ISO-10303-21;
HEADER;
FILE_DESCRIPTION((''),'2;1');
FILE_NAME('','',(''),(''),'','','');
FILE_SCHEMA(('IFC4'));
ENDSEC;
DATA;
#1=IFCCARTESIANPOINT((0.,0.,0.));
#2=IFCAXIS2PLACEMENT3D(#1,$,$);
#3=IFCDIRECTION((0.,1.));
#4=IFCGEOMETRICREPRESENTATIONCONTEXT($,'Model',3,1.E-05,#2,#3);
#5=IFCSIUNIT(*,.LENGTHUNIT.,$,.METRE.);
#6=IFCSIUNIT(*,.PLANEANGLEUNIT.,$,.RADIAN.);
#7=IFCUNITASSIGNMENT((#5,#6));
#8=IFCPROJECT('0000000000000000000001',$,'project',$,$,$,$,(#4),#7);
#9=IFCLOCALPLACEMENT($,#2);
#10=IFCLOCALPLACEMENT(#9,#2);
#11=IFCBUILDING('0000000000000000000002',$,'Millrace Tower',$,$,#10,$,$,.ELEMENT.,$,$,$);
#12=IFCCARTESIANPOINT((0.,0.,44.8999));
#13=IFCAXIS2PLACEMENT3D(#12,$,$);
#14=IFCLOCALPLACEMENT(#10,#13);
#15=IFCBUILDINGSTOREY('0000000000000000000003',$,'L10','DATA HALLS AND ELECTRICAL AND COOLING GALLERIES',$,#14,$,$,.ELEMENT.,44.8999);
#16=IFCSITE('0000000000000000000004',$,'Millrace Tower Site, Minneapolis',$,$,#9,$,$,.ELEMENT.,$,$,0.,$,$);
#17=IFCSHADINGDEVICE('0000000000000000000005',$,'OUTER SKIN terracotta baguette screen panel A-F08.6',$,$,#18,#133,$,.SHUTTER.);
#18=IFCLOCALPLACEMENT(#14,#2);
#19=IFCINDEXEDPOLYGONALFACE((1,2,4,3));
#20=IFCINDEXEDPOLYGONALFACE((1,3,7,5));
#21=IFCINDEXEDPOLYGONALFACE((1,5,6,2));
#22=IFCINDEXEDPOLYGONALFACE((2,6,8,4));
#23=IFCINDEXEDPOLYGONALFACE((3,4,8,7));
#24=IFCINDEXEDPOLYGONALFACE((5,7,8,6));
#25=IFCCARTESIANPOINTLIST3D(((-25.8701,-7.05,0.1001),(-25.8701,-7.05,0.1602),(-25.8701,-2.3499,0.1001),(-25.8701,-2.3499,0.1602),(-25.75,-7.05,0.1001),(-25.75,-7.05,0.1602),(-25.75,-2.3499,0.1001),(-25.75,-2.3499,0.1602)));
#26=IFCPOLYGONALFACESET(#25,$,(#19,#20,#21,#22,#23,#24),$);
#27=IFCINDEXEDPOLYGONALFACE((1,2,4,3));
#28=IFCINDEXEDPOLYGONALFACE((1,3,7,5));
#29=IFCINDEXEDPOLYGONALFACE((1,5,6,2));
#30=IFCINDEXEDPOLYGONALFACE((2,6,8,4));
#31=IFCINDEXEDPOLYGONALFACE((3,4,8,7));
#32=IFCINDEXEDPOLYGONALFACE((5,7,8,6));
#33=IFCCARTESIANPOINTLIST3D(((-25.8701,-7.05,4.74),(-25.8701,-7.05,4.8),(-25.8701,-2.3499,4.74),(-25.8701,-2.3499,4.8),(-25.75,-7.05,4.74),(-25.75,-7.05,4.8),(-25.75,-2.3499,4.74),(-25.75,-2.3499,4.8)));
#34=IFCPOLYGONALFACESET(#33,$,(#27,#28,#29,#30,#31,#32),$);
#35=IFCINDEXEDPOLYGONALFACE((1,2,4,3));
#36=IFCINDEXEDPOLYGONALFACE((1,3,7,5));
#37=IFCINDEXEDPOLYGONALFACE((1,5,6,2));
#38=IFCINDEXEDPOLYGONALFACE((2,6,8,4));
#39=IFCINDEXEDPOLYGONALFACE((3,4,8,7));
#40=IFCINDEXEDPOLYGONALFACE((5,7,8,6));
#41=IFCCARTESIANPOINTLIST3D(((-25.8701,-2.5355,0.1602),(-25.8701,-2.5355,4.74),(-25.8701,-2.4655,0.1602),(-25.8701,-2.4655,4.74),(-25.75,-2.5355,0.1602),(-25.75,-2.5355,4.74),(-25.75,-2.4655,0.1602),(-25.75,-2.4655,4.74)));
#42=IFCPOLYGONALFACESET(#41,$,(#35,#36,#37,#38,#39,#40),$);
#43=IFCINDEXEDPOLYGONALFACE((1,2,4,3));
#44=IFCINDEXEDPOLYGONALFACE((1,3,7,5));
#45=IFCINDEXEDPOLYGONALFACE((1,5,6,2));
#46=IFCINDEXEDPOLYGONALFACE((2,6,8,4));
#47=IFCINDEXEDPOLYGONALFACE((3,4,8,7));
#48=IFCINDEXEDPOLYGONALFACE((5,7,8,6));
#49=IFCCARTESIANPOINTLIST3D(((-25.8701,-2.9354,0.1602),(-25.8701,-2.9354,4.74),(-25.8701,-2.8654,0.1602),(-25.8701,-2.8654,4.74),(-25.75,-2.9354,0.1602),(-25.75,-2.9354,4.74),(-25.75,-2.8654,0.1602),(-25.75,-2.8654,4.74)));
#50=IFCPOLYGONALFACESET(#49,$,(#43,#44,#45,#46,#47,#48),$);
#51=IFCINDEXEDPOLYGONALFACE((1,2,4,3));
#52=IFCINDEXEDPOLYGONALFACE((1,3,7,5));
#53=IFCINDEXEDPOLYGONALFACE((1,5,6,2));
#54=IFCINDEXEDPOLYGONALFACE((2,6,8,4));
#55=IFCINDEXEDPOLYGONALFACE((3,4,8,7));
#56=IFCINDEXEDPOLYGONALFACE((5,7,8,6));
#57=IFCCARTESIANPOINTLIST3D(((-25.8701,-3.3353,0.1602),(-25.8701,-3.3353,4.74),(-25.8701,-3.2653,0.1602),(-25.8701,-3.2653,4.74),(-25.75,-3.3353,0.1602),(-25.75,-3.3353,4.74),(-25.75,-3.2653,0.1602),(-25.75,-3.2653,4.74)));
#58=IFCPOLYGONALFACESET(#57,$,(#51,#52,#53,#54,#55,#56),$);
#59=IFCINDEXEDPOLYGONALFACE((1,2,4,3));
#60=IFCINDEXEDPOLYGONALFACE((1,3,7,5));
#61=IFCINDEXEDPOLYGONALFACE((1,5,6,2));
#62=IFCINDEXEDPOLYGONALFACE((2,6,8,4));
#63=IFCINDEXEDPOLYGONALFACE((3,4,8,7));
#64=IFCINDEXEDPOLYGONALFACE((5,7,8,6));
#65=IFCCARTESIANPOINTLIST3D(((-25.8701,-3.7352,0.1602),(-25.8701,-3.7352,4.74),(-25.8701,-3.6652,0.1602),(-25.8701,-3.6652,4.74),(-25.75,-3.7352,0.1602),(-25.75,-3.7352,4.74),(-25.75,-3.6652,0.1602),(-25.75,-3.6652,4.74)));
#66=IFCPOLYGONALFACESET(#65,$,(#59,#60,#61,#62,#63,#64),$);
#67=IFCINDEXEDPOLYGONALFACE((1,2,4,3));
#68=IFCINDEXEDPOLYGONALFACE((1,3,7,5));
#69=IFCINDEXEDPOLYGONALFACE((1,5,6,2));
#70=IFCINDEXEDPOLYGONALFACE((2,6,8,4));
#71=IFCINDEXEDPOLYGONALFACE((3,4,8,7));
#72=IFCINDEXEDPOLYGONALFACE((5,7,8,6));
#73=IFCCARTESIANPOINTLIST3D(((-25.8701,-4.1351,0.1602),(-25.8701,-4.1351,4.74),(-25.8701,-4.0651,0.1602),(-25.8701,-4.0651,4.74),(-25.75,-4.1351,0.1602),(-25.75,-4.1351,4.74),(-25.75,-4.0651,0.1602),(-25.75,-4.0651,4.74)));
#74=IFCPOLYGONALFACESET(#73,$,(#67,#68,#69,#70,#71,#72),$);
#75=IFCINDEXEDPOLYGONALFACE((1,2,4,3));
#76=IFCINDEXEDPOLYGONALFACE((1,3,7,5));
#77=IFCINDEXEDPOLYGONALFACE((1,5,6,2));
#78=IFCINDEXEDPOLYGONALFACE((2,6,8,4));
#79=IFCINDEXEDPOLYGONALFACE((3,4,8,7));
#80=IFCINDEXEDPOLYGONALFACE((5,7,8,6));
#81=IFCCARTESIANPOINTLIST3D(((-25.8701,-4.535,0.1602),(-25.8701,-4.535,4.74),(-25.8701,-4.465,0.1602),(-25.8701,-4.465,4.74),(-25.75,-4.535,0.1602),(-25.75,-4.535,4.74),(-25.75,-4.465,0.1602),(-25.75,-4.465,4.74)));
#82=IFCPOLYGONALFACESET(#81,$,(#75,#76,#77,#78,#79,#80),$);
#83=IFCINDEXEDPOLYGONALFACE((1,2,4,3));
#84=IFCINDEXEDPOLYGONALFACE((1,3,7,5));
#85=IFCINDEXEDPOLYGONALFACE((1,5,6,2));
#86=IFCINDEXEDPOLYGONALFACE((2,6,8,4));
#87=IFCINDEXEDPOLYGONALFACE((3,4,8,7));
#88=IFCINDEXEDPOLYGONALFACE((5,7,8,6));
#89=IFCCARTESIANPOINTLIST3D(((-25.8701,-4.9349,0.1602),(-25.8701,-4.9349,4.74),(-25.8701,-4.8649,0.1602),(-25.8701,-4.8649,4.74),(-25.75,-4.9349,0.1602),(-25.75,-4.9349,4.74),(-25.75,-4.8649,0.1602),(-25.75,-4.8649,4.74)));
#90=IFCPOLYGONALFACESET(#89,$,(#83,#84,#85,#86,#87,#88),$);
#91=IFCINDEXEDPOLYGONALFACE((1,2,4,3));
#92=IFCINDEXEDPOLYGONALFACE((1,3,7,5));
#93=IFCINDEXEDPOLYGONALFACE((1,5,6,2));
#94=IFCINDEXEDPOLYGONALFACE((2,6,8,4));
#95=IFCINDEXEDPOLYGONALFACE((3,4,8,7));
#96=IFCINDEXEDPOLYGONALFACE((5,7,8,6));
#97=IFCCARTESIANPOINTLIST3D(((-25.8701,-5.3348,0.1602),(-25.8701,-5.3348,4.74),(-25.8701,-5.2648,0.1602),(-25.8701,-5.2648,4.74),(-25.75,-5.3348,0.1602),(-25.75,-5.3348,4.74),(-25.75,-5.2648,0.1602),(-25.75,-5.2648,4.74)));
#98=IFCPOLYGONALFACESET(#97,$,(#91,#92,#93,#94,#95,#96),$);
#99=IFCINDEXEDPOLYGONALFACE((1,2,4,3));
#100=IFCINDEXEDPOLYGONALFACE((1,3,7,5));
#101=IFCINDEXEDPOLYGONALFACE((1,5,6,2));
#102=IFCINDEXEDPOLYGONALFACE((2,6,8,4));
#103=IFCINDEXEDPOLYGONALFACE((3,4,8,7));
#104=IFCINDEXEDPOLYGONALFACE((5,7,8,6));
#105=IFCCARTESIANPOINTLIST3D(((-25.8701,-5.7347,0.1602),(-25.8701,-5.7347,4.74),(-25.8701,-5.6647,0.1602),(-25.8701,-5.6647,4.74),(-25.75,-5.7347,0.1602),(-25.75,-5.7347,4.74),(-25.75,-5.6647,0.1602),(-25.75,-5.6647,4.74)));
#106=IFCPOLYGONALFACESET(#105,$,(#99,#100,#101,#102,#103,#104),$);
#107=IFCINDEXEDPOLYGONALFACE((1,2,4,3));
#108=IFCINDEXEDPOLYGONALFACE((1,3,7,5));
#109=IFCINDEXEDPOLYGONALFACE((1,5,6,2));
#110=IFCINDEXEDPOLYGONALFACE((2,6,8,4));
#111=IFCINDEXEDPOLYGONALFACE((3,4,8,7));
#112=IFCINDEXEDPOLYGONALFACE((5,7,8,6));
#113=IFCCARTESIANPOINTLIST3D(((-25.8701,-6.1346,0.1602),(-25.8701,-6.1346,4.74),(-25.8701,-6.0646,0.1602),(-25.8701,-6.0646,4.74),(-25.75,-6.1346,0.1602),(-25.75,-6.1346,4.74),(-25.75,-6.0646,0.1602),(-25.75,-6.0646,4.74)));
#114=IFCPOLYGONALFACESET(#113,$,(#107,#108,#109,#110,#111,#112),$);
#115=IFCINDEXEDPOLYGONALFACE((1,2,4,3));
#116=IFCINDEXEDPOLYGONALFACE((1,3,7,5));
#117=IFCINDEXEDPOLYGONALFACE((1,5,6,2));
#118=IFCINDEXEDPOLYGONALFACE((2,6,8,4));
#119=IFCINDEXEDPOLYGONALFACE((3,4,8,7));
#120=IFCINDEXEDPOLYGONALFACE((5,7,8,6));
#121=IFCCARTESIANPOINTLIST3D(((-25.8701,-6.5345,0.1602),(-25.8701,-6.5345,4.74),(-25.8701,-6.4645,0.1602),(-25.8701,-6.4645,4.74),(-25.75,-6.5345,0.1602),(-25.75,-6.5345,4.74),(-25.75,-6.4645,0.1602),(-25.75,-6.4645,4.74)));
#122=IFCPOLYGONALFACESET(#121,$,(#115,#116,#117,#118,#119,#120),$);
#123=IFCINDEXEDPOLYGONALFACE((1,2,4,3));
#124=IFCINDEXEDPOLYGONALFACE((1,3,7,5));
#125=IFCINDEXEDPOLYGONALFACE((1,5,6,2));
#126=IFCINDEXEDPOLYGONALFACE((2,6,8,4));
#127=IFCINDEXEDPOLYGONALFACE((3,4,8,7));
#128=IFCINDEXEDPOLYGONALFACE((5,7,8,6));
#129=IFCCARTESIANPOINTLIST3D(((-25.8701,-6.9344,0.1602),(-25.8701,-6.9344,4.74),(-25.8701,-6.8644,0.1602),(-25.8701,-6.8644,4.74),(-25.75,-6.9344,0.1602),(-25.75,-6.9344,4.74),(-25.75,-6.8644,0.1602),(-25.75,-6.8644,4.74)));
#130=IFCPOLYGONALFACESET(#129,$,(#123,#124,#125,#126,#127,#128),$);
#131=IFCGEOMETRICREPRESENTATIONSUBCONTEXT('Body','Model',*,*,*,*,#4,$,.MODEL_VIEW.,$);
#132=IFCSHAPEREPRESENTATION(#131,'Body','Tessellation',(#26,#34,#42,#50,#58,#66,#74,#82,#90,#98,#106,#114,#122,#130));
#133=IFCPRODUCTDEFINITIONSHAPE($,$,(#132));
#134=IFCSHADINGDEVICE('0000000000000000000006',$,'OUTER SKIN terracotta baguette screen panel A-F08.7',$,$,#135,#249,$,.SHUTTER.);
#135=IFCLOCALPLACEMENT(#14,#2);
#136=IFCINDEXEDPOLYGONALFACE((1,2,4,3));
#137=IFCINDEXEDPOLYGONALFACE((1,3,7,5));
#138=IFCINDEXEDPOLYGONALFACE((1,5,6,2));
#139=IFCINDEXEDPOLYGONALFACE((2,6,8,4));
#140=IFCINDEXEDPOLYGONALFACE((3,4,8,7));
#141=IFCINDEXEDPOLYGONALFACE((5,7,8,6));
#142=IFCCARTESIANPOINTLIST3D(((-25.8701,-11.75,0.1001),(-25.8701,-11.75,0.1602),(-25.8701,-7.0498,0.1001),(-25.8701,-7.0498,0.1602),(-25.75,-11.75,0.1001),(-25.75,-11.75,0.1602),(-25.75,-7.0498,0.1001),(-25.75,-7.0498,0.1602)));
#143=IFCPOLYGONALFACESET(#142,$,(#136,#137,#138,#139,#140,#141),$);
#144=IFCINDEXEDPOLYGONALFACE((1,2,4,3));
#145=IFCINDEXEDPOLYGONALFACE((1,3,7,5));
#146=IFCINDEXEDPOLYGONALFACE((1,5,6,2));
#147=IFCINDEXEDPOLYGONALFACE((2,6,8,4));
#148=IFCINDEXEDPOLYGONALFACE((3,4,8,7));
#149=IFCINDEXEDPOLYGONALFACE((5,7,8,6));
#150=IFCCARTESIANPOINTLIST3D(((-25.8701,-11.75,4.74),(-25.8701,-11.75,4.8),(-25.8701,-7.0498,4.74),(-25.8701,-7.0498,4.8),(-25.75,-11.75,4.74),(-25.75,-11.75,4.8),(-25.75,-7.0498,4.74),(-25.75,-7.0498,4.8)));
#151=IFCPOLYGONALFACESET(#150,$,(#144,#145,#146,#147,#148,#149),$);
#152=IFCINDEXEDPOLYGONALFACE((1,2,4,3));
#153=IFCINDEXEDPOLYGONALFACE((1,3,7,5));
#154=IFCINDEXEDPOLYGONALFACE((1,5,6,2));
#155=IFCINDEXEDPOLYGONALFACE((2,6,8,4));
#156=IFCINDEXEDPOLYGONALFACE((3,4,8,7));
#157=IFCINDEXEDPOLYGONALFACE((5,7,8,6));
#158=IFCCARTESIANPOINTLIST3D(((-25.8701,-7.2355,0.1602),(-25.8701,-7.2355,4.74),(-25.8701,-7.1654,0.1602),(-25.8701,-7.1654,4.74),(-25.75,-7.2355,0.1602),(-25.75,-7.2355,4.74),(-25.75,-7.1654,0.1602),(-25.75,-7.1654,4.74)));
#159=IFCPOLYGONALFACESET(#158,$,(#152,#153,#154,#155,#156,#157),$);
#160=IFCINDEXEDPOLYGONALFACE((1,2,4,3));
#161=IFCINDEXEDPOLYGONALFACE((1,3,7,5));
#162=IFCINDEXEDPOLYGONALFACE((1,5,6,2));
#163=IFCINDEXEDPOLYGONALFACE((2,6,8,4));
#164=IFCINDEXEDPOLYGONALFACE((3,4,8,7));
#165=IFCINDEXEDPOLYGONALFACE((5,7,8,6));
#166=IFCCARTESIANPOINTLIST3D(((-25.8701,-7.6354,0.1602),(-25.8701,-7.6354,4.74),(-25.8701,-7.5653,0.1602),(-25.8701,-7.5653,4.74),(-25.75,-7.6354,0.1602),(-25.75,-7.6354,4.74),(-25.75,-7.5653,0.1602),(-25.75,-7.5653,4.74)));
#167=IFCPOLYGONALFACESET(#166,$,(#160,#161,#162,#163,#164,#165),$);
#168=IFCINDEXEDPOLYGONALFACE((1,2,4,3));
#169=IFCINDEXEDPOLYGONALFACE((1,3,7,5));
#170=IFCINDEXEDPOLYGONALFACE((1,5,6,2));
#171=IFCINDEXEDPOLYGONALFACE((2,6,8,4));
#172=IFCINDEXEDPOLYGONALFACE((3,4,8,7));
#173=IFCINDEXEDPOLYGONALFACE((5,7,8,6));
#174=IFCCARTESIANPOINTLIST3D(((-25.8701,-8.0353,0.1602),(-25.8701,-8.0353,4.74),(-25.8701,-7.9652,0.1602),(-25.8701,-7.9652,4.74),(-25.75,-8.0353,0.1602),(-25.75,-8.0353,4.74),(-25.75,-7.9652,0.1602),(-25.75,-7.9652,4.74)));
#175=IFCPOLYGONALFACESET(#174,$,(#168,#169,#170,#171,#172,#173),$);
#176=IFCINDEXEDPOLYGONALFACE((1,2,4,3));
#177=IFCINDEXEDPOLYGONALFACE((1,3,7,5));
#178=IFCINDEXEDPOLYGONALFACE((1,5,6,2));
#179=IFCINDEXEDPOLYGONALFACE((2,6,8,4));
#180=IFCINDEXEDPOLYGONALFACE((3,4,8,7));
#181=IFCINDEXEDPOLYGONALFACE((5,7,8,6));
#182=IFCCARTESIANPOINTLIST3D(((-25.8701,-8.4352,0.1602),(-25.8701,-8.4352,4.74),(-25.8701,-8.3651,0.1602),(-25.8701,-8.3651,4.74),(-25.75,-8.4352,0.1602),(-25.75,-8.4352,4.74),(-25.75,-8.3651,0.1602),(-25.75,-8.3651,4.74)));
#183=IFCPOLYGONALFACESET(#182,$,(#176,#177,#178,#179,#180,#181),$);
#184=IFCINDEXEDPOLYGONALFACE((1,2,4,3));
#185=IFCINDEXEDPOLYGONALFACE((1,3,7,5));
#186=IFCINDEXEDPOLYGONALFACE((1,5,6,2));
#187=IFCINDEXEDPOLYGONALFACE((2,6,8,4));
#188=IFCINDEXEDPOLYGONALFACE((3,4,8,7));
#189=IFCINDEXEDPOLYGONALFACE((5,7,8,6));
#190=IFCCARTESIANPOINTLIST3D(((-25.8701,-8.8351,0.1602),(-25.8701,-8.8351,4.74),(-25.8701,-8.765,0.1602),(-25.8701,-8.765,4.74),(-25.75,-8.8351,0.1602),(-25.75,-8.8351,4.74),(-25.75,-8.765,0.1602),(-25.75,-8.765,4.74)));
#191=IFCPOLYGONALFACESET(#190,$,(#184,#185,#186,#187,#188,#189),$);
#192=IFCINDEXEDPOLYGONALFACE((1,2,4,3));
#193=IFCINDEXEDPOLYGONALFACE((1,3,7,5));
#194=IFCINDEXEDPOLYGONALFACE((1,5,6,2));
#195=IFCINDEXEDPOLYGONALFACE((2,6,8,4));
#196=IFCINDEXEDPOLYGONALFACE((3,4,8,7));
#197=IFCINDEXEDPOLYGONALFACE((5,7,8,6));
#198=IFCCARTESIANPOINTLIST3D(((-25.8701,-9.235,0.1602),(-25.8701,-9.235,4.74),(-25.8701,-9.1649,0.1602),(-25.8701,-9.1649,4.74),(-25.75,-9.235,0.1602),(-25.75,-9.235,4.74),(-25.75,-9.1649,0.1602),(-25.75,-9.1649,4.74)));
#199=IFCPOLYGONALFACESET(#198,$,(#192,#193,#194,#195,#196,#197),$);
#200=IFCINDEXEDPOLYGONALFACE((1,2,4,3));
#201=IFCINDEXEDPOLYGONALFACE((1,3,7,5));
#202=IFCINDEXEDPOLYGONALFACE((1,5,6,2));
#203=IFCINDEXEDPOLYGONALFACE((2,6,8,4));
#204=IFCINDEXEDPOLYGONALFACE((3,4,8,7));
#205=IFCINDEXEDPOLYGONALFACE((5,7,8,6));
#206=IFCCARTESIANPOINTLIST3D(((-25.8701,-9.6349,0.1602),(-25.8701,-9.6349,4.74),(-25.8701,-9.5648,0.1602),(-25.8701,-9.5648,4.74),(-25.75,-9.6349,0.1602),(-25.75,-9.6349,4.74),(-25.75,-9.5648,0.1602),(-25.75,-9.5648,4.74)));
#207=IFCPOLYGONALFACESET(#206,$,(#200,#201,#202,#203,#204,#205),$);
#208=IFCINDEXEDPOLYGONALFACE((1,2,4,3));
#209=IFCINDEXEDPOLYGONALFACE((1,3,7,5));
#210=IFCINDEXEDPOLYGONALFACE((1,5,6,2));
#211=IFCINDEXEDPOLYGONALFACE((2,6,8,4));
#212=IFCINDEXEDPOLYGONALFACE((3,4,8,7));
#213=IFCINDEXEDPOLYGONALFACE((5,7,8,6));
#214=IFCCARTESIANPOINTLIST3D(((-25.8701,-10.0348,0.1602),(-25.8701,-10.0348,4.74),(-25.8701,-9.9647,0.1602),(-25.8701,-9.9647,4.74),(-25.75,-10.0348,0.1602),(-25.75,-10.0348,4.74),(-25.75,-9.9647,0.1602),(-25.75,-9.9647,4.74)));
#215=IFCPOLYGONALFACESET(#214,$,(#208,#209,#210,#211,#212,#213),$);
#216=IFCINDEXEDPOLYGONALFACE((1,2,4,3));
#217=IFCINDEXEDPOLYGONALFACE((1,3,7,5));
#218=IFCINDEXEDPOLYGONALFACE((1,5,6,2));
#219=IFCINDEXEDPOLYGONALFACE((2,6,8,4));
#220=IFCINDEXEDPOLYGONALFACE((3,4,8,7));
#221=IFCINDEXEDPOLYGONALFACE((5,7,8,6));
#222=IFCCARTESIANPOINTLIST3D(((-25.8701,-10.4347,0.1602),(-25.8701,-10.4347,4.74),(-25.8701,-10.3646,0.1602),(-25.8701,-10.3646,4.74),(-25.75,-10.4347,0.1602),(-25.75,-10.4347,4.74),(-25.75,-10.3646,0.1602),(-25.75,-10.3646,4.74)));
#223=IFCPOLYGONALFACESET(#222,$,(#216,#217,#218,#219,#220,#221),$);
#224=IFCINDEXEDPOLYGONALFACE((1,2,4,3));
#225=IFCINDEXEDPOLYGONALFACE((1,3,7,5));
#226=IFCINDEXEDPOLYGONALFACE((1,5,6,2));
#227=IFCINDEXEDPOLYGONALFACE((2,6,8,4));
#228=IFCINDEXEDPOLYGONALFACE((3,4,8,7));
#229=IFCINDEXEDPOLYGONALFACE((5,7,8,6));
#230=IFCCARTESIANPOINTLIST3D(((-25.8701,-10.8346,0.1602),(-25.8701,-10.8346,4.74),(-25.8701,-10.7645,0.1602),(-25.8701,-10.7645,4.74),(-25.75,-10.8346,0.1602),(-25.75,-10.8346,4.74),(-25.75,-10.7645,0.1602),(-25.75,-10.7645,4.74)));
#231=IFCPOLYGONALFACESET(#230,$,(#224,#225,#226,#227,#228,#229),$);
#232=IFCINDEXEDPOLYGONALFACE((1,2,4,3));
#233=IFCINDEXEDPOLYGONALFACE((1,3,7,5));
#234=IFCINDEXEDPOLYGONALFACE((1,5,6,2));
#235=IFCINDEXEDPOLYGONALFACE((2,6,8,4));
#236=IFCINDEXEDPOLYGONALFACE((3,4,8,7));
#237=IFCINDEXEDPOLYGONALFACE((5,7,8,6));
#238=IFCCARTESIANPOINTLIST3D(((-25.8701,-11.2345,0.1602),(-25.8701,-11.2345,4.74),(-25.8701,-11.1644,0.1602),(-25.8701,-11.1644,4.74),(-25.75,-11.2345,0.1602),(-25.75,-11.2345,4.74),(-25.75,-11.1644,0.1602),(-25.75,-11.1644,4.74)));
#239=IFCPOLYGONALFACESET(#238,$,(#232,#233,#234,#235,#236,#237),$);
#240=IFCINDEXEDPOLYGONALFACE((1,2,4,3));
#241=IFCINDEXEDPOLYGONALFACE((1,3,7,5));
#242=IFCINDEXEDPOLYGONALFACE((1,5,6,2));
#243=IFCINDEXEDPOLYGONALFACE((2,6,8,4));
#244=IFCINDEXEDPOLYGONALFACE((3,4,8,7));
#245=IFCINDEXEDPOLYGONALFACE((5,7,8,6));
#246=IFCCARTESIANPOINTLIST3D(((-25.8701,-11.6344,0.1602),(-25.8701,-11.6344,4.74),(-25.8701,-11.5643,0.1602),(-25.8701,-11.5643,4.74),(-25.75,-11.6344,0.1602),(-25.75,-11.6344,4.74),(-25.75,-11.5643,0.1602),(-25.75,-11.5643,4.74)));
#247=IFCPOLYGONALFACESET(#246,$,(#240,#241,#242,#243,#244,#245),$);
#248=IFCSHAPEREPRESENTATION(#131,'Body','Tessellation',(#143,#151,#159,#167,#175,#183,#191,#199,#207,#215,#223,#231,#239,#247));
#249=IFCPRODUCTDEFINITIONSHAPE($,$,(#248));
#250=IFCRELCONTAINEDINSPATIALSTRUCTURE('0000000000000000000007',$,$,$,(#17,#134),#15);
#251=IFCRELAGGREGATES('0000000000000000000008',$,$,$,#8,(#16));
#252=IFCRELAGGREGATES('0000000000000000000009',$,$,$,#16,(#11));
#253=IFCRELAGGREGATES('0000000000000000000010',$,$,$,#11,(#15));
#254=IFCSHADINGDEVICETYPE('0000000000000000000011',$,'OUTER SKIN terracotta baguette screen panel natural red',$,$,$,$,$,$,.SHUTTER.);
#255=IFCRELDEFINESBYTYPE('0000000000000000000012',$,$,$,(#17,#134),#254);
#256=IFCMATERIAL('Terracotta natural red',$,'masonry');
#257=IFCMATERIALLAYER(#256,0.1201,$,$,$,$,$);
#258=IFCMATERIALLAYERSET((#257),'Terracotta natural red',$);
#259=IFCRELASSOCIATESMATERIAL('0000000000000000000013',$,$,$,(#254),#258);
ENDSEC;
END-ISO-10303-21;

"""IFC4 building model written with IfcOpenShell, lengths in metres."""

from ifc_helpers import new_model, entity, si_unit, direction, frame, frame_2d, origin, place, context, subcontext, project, spatial, rectangle, extrude, source, transform, mapped, material, layer, layer_set, type_object, element, save


model = new_model("IFC4")

# Units and contexts
model_context = context("Model", 3, precision=1e-05, world=origin(), true_north=direction((0.0, 1.0)))
body_context = subcontext(model_context, "Body", "Model", "MODEL_VIEW")
ifc_project = project(units=[si_unit("LENGTHUNIT", "METRE"), si_unit("PLANEANGLEUNIT", "RADIAN")], contexts=[model_context])

# Site, building, storey
site_placement = place(None, origin())
site = spatial("IfcSite", under=ifc_project, at=site_placement, Name="Millrace Tower Site, Minneapolis", CompositionType="ELEMENT", RefElevation=0.0)
building_placement = place(site_placement, origin())
building = spatial("IfcBuilding", under=site, at=building_placement, Name="Millrace Tower", CompositionType="ELEMENT")
storey_placement = place(building_placement, frame((0.0, 0.0, 44.8999)))
storey = spatial("IfcBuildingStorey", under=building, at=storey_placement, Name="L10", Description="DATA HALLS AND ELECTRICAL AND COOLING GALLERIES", CompositionType="ELEMENT", Elevation=44.8999)

# Shading devices
cartesian_point = entity("IfcCartesianPoint", [-2.3501, 0.0601])
shared_polyline = entity("IfcPolyline", [cartesian_point, entity("IfcCartesianPoint", [2.3501, 0.0601]), entity("IfcCartesianPoint", [2.3501, -0.0601]), entity("IfcCartesianPoint", [-2.3501, -0.0601]), cartesian_point])
ifc_material_1 = material(Name="Terracotta natural red", Category="masonry")
ifc_layer_1 = layer(ifc_material_1, 0.1201)
ifc_layer_set_1 = layer_set([ifc_layer_1], Name="Terracotta natural red")
shading_device_type_1 = type_object("IfcShadingDeviceType", Name="OUTER SKIN terracotta baguette screen panel natural red", PredefinedType="SHUTTER", material=ifc_layer_set_1)
shared_shape_1 = source(origin(), body_context, "Body", "SweptSolid", [
    entity("IfcExtrudedAreaSolid", entity("IfcArbitraryClosedProfileDef", "AREA", None, shared_polyline), entity("IfcAxis2Placement3D", entity("IfcCartesianPoint", [0.0, 0.0, 0.0])), entity("IfcDirection", [0.0, 0.0, 1.0]), 0.0601),
    entity("IfcExtrudedAreaSolid", entity("IfcArbitraryClosedProfileDef", "AREA", None, shared_polyline), entity("IfcAxis2Placement3D", entity("IfcCartesianPoint", [0.0, 0.0, 4.6399])), entity("IfcDirection", [0.0, 0.0, 1.0]), 0.0601),
    extrude(rectangle(XDim=0.0701, YDim=0.1201, at=frame_2d((-2.1995, 0.0))), frame((0.0, 0.0, 0.0601)), (0.0, 0.0, 1.0), 4.5798),
    extrude(rectangle(XDim=0.0701, YDim=0.1201, at=frame_2d((-1.7996, 0.0))), frame((0.0, 0.0, 0.0601)), (0.0, 0.0, 1.0), 4.5798),
    extrude(rectangle(XDim=0.0701, YDim=0.1201, at=frame_2d((-1.3997, 0.0))), frame((0.0, 0.0, 0.0601)), (0.0, 0.0, 1.0), 4.5798),
    extrude(rectangle(XDim=0.0701, YDim=0.1201, at=frame_2d((-0.9998, 0.0))), frame((0.0, 0.0, 0.0601)), (0.0, 0.0, 1.0), 4.5798),
    extrude(rectangle(XDim=0.0701, YDim=0.1201, at=frame_2d((-0.5999, 0.0))), frame((0.0, 0.0, 0.0601)), (0.0, 0.0, 1.0), 4.5798),
    extrude(rectangle(XDim=0.0701, YDim=0.1201, at=frame_2d((-0.2, 0.0))), frame((0.0, 0.0, 0.0601)), (0.0, 0.0, 1.0), 4.5798),
    extrude(rectangle(XDim=0.0701, YDim=0.1201, at=frame_2d((0.2, 0.0))), frame((0.0, 0.0, 0.0601)), (0.0, 0.0, 1.0), 4.5798),
    extrude(rectangle(XDim=0.0701, YDim=0.1201, at=frame_2d((0.5999, 0.0))), frame((0.0, 0.0, 0.0601)), (0.0, 0.0, 1.0), 4.5798),
    extrude(rectangle(XDim=0.0701, YDim=0.1201, at=frame_2d((0.9998, 0.0))), frame((0.0, 0.0, 0.0601)), (0.0, 0.0, 1.0), 4.5798),
    extrude(rectangle(XDim=0.0701, YDim=0.1201, at=frame_2d((1.3997, 0.0))), frame((0.0, 0.0, 0.0601)), (0.0, 0.0, 1.0), 4.5798),
    extrude(rectangle(XDim=0.0701, YDim=0.1201, at=frame_2d((1.7996, 0.0))), frame((0.0, 0.0, 0.0601)), (0.0, 0.0, 1.0), 4.5798),
    extrude(rectangle(XDim=0.0701, YDim=0.1201, at=frame_2d((2.1995, 0.0))), frame((0.0, 0.0, 0.0601)), (0.0, 0.0, 1.0), 4.5798),
])
for number, where, z_axis, x_axis, name in (
    (1, (-25.8101, -4.7, 0.1001), (0.0, 0.0, 1.0), (0.0, -1.0, 0.0), "OUTER SKIN terracotta baguette screen panel A-F08.6"),
    (2, (-25.8101, -9.3999, 0.1001), (0.0, 0.0, 1.0), (0.0, -1.0, 0.0), "OUTER SKIN terracotta baguette screen panel A-F08.7"),
):
    element("IfcShadingDevice", number, at=place(storey_placement, frame(where, z_axis=z_axis, x_axis=x_axis)), inside=storey, type_object=shading_device_type_1, Name=name, PredefinedType="SHUTTER", context=body_context, shape_type="MappedRepresentation", body=[
        mapped(shared_shape_1, transform((0.0, 0.0, 0.0), scale=1.0)),
    ])

save(model, "model.ifc")
